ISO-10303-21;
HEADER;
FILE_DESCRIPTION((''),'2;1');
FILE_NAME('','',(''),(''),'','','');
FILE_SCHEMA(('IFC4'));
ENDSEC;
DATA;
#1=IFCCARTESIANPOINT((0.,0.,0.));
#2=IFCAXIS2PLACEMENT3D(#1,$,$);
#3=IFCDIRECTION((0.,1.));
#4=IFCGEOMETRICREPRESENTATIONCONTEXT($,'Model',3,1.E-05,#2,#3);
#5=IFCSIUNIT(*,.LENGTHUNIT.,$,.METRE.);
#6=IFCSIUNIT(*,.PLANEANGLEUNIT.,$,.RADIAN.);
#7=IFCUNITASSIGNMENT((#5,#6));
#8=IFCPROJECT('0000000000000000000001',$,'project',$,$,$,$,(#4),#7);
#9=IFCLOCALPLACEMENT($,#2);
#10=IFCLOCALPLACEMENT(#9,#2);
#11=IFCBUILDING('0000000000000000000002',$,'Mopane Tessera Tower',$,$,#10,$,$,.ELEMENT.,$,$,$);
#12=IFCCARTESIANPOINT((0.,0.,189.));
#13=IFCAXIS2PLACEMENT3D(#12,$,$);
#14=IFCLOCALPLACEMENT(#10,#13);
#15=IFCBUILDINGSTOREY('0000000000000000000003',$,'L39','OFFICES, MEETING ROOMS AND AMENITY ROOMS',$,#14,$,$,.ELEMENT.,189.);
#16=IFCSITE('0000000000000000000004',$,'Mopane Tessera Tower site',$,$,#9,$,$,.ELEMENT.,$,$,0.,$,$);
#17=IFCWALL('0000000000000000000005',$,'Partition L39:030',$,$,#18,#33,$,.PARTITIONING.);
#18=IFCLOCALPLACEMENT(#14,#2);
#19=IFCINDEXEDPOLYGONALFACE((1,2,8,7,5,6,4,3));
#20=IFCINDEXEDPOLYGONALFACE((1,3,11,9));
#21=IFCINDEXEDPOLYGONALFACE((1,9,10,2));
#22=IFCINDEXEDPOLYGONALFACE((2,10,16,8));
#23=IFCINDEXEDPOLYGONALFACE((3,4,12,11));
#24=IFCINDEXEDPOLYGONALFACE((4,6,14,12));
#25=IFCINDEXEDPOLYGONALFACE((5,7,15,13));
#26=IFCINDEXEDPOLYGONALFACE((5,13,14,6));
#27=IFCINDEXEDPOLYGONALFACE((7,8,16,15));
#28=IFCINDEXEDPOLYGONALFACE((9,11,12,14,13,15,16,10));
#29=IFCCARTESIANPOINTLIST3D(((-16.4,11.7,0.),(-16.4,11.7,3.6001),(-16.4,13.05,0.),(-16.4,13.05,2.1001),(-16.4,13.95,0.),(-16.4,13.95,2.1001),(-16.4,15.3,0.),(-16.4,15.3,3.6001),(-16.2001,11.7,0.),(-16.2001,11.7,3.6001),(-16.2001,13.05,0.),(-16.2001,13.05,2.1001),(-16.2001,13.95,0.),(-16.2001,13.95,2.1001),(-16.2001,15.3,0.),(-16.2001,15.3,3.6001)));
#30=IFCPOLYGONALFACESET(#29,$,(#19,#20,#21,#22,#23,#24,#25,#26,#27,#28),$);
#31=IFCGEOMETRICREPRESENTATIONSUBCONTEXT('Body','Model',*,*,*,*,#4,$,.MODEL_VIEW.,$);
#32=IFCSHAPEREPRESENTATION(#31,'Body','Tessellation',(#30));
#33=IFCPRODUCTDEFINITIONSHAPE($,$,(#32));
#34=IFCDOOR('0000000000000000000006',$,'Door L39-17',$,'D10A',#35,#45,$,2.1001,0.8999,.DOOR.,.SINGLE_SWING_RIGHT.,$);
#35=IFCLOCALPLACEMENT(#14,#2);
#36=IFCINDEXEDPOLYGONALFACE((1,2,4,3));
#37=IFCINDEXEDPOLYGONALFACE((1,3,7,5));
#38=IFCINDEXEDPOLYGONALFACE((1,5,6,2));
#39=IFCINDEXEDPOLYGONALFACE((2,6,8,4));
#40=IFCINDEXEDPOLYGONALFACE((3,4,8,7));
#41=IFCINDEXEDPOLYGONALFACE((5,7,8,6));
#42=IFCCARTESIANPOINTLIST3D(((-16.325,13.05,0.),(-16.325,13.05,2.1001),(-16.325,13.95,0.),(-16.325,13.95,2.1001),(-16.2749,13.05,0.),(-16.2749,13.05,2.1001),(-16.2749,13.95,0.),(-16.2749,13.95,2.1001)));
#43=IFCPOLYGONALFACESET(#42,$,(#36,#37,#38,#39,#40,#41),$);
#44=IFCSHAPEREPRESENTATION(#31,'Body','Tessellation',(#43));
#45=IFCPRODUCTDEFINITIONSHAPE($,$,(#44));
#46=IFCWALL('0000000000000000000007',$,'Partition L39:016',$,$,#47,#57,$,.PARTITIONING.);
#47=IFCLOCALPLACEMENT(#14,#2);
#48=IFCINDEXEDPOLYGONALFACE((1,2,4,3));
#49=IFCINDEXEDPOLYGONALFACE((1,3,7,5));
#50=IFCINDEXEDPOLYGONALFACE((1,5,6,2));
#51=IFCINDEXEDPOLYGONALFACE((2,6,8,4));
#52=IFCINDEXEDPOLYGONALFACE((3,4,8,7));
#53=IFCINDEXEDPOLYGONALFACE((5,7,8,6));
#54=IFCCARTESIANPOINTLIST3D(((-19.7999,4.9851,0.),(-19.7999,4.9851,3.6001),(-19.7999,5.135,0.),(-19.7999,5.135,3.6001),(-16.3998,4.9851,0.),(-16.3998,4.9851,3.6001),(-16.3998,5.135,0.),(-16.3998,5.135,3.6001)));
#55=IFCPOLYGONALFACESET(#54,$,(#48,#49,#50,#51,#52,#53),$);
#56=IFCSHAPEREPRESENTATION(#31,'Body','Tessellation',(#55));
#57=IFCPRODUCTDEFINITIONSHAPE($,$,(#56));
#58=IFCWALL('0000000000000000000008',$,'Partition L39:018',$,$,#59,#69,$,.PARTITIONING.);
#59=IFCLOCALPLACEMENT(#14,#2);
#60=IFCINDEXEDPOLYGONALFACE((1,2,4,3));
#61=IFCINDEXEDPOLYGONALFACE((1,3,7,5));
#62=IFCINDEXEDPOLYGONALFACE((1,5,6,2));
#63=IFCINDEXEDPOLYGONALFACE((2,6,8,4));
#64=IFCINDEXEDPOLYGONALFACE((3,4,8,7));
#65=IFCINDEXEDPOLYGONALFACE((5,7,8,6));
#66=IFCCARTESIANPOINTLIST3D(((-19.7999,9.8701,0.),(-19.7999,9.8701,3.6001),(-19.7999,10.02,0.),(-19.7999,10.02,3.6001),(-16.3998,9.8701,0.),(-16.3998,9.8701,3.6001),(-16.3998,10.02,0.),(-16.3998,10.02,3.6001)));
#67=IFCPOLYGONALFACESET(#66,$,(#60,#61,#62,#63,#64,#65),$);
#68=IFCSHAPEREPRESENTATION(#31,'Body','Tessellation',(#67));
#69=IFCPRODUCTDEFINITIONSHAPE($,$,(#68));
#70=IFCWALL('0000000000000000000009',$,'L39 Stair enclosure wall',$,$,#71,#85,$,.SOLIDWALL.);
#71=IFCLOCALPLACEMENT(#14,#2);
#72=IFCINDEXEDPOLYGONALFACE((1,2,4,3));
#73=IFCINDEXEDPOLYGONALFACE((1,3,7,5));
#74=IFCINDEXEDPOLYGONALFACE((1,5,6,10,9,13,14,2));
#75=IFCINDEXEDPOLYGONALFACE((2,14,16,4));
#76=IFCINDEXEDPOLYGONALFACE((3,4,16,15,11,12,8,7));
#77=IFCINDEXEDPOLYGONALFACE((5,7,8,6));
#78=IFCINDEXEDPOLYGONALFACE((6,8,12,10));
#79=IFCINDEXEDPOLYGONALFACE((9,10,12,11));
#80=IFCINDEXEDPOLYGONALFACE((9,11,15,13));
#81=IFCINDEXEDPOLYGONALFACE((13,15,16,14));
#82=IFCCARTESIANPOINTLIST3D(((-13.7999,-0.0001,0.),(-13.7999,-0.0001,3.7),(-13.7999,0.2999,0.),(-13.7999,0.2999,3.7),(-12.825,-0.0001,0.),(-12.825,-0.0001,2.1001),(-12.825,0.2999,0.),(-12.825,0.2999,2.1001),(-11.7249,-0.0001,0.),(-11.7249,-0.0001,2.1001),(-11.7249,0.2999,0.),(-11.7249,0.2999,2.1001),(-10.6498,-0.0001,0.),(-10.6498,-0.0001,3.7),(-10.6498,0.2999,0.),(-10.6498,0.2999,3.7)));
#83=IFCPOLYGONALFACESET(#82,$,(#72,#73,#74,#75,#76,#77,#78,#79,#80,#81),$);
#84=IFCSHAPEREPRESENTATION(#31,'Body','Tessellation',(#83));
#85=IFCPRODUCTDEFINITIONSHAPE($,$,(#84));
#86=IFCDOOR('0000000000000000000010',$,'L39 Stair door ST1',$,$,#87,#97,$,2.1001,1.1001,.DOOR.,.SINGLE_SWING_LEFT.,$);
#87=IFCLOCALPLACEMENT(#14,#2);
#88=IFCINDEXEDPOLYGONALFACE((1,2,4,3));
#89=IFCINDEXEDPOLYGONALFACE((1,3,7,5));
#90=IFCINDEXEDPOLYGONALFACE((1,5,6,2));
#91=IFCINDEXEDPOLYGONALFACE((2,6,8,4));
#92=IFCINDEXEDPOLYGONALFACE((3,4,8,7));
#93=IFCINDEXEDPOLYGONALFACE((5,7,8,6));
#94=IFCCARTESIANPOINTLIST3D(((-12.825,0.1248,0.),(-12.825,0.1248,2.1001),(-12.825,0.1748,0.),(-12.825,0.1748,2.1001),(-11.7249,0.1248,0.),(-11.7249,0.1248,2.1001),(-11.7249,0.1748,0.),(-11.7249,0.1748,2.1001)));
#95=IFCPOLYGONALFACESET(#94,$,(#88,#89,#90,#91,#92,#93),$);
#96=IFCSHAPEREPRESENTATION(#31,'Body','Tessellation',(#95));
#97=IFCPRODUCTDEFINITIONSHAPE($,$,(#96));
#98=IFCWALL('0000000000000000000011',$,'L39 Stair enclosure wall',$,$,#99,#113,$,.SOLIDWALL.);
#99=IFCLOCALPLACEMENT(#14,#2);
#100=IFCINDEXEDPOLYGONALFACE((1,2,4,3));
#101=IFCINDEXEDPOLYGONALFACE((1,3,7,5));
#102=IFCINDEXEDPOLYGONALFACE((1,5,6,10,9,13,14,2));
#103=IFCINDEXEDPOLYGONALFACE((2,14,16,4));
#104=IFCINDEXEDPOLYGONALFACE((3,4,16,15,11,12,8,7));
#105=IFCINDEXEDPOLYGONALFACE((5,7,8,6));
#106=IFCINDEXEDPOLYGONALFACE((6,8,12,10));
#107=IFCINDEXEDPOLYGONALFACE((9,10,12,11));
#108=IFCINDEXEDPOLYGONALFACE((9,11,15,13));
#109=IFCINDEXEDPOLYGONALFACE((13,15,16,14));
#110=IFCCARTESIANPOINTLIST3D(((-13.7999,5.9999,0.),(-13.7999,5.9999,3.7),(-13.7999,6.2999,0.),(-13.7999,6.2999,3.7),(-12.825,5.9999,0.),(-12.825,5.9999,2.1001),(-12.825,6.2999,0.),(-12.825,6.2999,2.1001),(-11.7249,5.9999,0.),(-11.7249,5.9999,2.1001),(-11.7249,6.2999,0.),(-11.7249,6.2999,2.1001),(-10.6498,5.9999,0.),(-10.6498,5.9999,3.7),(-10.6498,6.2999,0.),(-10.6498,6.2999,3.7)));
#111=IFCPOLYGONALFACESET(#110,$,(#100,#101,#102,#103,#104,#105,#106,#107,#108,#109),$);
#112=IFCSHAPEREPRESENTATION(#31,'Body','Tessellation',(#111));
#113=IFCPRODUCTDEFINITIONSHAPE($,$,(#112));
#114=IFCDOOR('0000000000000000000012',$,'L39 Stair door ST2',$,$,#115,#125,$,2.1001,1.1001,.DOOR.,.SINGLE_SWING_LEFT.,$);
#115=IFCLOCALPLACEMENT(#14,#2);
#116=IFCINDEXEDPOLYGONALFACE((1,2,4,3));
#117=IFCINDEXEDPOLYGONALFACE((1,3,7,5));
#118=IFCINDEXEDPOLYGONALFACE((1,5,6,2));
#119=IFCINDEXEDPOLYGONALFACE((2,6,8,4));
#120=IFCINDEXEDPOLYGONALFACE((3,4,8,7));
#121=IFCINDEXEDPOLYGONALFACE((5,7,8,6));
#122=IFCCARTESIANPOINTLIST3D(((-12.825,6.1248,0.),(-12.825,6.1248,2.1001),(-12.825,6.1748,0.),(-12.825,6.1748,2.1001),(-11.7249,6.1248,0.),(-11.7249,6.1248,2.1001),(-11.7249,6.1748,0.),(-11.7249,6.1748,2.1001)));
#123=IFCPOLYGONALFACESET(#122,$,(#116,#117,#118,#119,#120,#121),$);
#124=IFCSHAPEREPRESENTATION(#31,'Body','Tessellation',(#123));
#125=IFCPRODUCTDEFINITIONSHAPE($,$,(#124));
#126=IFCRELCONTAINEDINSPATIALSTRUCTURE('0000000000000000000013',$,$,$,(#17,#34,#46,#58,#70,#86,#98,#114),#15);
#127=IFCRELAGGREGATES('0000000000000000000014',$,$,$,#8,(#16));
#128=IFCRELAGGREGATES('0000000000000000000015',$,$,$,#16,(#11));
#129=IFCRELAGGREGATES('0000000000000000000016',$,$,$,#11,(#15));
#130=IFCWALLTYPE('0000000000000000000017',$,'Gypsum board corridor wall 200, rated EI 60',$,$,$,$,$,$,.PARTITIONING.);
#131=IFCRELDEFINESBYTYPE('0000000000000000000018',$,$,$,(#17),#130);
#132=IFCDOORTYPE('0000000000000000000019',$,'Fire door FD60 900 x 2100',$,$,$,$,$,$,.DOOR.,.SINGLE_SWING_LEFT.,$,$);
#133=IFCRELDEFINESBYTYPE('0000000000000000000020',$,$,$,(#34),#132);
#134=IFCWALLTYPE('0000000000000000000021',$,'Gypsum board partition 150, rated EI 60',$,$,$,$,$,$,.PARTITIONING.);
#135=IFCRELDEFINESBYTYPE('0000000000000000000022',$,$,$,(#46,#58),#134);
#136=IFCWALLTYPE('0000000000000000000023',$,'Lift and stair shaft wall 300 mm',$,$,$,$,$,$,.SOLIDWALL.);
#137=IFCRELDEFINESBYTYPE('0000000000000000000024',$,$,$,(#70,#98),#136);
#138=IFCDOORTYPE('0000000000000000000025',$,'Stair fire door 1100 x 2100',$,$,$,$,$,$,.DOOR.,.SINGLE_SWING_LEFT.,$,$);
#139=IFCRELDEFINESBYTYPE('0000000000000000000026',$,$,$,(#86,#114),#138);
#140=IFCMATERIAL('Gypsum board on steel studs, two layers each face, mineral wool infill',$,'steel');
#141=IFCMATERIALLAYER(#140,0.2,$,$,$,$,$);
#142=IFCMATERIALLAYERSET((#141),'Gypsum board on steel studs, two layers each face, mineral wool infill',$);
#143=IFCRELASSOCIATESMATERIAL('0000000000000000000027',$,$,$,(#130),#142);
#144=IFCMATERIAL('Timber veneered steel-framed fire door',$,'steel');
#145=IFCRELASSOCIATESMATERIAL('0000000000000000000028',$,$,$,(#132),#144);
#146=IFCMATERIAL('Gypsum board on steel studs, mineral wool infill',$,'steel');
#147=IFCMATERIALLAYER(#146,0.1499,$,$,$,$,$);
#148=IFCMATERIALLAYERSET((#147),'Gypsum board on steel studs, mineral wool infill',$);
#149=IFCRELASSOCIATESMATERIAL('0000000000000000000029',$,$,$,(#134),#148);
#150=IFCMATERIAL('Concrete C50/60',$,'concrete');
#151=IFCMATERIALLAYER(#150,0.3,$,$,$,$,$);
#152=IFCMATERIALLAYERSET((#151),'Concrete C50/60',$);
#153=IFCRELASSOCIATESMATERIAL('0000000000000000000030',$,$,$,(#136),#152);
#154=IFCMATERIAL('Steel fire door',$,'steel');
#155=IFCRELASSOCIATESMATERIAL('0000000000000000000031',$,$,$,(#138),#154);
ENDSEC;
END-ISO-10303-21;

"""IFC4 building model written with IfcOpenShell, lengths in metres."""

from ifc_helpers import new_model, si_unit, direction, frame, frame_2d, origin, place, context, subcontext, project, spatial, rectangle, extrude, material, layer, layer_set, type_object, element, fill, save


model = new_model("IFC4")

# Units and contexts
model_context = context("Model", 3, precision=1e-05, world=origin(), true_north=direction((0.0, 1.0)))
body_context = subcontext(model_context, "Body", "Model", "MODEL_VIEW")
ifc_project = project(units=[si_unit("LENGTHUNIT", "METRE"), si_unit("PLANEANGLEUNIT", "RADIAN")], contexts=[model_context])

# Site, building, storey
site_placement = place(None, origin())
site = spatial("IfcSite", under=ifc_project, at=site_placement, Name="Mopane Tessera Tower site", CompositionType="ELEMENT", RefElevation=0.0)
building_placement = place(site_placement, origin())
building = spatial("IfcBuilding", under=site, at=building_placement, Name="Mopane Tessera Tower", CompositionType="ELEMENT")
storey_placement = place(building_placement, frame((0.0, 0.0, 189.0)))
storey = spatial("IfcBuildingStorey", under=building, at=storey_placement, Name="L39", Description="OFFICES, MEETING ROOMS AND AMENITY ROOMS", CompositionType="ELEMENT", Elevation=189.0)

# Shared definitions
ifc_material_1 = material(Name="Gypsum board on steel studs, two layers each face, mineral wool infill", Category="steel")
ifc_layer_1 = layer(ifc_material_1, 0.2)
ifc_layer_set_1 = layer_set([ifc_layer_1], Name="Gypsum board on steel studs, two layers each face, mineral wool infill")
wall_type_1 = type_object("IfcWallType", Name="Gypsum board corridor wall 200, rated EI 60", PredefinedType="PARTITIONING", material=ifc_layer_set_1)
ifc_material_2 = material(Name="Timber veneered steel-framed fire door", Category="steel")
door_type_1 = type_object("IfcDoorType", Name="Fire door FD60 900 x 2100", OperationType="SINGLE_SWING_LEFT", PredefinedType="DOOR", material=ifc_material_2)

# Wall, opening, door
wall_1_placement = place(storey_placement, frame((-16.3, 11.7, 0.0), z_axis=(0.0, 0.0, 1.0), x_axis=(0.0, 1.0, 0.0)))
wall_1 = element("IfcWall", 1, at=wall_1_placement, inside=storey, type_object=wall_type_1, Name="Partition L39:030", PredefinedType="PARTITIONING", context=body_context, shape_type="SweptSolid", body=[
    extrude(rectangle(XDim=3.6001, YDim=0.2, at=frame_2d((1.8, 0.0))), origin(), (0.0, 0.0, 1.0), 3.6001),
])
opening_1_placement = place(wall_1_placement, frame((1.3501, 0.0, 0.0)))
opening_1 = element("IfcOpeningElement", 2, at=opening_1_placement, cuts=wall_1, PredefinedType="OPENING", context=body_context, shape_type="SweptSolid", body=[
    extrude(rectangle(XDim=0.8999, YDim=2.1001, at=frame_2d((0.45, 1.05))), frame((0.0, 0.1121, 0.0), z_axis=(0.0, -1.0, 0.0), x_axis=(1.0, 0.0, 0.0)), (0.0, 0.0, 1.0), 0.2239),
])
door_1_placement = place(opening_1_placement, origin())
door_1 = element("IfcDoor", 3, at=door_1_placement, inside=storey, type_object=door_type_1, Name="Door L39-17", ObjectType="D10A", OperationType="SINGLE_SWING_RIGHT", OverallHeight=2.1001, OverallWidth=0.8999, PredefinedType="DOOR", context=body_context, shape_type="SweptSolid", body=[
    extrude(rectangle(XDim=0.8999, YDim=2.1001, at=frame_2d((0.45, 1.05))), frame((0.0, 0.0249, 0.0), z_axis=(0.0, -1.0, 0.0), x_axis=(1.0, 0.0, 0.0)), (0.0, 0.0, 1.0), 0.05),
])
fill(opening_1, door_1)

# Walls
ifc_material_3 = material(Name="Gypsum board on steel studs, mineral wool infill", Category="steel")
ifc_layer_2 = layer(ifc_material_3, 0.1499)
ifc_layer_set_2 = layer_set([ifc_layer_2], Name="Gypsum board on steel studs, mineral wool infill")
wall_type_2 = type_object("IfcWallType", Name="Gypsum board partition 150, rated EI 60", PredefinedType="PARTITIONING", material=ifc_layer_set_2)
for number, where, z_axis, x_axis, name in (
    (4, (-19.8, 5.0601, 0.0), (0.0, 0.0, 1.0), (1.0, 0.0, 0.0), "Partition L39:016"),
    (5, (-19.8, 9.9451, 0.0), (0.0, 0.0, 1.0), (1.0, 0.0, 0.0), "Partition L39:018"),
):
    element("IfcWall", number, at=place(storey_placement, frame(where, z_axis=z_axis, x_axis=x_axis)), inside=storey, type_object=wall_type_2, Name=name, PredefinedType="PARTITIONING", context=body_context, shape_type="SweptSolid", body=[
        extrude(rectangle(XDim=3.4001, YDim=0.1499, at=frame_2d((1.7002, 0.0))), origin(), (0.0, 0.0, 1.0), 3.6001),
    ])

# Walls, openings, doors
ifc_material_4 = material(Name="Concrete C50/60", Category="concrete")
ifc_layer_3 = layer(ifc_material_4, 0.3)
ifc_layer_set_3 = layer_set([ifc_layer_3], Name="Concrete C50/60")
wall_type_3 = type_object("IfcWallType", Name="Lift and stair shaft wall 300 mm", PredefinedType="SOLIDWALL", material=ifc_layer_set_3)
wall_2_placement = place(storey_placement, frame((-13.8, 0.1499, 0.0), z_axis=(0.0, 0.0, 1.0), x_axis=(1.0, 0.0, 0.0)))
wall_2 = element("IfcWall", 6, at=wall_2_placement, inside=storey, type_object=wall_type_3, Name="L39 Stair enclosure wall", PredefinedType="SOLIDWALL", context=body_context, shape_type="SweptSolid", body=[
    extrude(rectangle(XDim=3.1501, YDim=0.3, at=frame_2d((1.5752, 0.0))), origin(), (0.0, 0.0, 1.0), 3.7),
])
opening_2_placement = place(wall_2_placement, frame((0.9751, 0.0, 0.0)))
opening_2 = element("IfcOpeningElement", 7, at=opening_2_placement, cuts=wall_2, PredefinedType="OPENING", context=body_context, shape_type="SweptSolid", body=[
    extrude(rectangle(XDim=1.1001, YDim=2.1001, at=frame_2d((0.55, 1.05))), frame((0.0, 0.1621, 0.0), z_axis=(0.0, -1.0, 0.0), x_axis=(1.0, 0.0, 0.0)), (0.0, 0.0, 1.0), 0.324),
])
ifc_material_5 = material(Name="Steel fire door", Category="steel")
door_type_2 = type_object("IfcDoorType", Name="Stair fire door 1100 x 2100", OperationType="SINGLE_SWING_LEFT", PredefinedType="DOOR", material=ifc_material_5)
door_2_placement = place(opening_2_placement, origin())
door_2 = element("IfcDoor", 8, at=door_2_placement, inside=storey, type_object=door_type_2, Name="L39 Stair door ST1", OperationType="SINGLE_SWING_LEFT", OverallHeight=2.1001, OverallWidth=1.1001, PredefinedType="DOOR", context=body_context, shape_type="SweptSolid", body=[
    extrude(rectangle(XDim=1.1001, YDim=2.1001, at=frame_2d((0.55, 1.05))), frame((0.0, 0.0249, 0.0), z_axis=(0.0, -1.0, 0.0), x_axis=(1.0, 0.0, 0.0)), (0.0, 0.0, 1.0), 0.05),
])
fill(opening_2, door_2)
wall_3_placement = place(storey_placement, frame((-13.8, 6.1499, 0.0), z_axis=(0.0, 0.0, 1.0), x_axis=(1.0, 0.0, 0.0)))
wall_3 = element("IfcWall", 9, at=wall_3_placement, inside=storey, type_object=wall_type_3, Name="L39 Stair enclosure wall", PredefinedType="SOLIDWALL", context=body_context, shape_type="SweptSolid", body=[
    extrude(rectangle(XDim=3.1501, YDim=0.3, at=frame_2d((1.5752, 0.0))), origin(), (0.0, 0.0, 1.0), 3.7),
])
opening_3_placement = place(wall_3_placement, frame((0.9751, 0.0, 0.0)))
opening_3 = element("IfcOpeningElement", 10, at=opening_3_placement, cuts=wall_3, PredefinedType="OPENING", context=body_context, shape_type="SweptSolid", body=[
    extrude(rectangle(XDim=1.1001, YDim=2.1001, at=frame_2d((0.55, 1.05))), frame((0.0, 0.1621, 0.0), z_axis=(0.0, -1.0, 0.0), x_axis=(1.0, 0.0, 0.0)), (0.0, 0.0, 1.0), 0.324),
])
door_3_placement = place(opening_3_placement, origin())
door_3 = element("IfcDoor", 11, at=door_3_placement, inside=storey, type_object=door_type_2, Name="L39 Stair door ST2", OperationType="SINGLE_SWING_LEFT", OverallHeight=2.1001, OverallWidth=1.1001, PredefinedType="DOOR", context=body_context, shape_type="SweptSolid", body=[
    extrude(rectangle(XDim=1.1001, YDim=2.1001, at=frame_2d((0.55, 1.05))), frame((0.0, 0.0249, 0.0), z_axis=(0.0, -1.0, 0.0), x_axis=(1.0, 0.0, 0.0)), (0.0, 0.0, 1.0), 0.05),
])
fill(opening_3, door_3)

save(model, "model.ifc")
